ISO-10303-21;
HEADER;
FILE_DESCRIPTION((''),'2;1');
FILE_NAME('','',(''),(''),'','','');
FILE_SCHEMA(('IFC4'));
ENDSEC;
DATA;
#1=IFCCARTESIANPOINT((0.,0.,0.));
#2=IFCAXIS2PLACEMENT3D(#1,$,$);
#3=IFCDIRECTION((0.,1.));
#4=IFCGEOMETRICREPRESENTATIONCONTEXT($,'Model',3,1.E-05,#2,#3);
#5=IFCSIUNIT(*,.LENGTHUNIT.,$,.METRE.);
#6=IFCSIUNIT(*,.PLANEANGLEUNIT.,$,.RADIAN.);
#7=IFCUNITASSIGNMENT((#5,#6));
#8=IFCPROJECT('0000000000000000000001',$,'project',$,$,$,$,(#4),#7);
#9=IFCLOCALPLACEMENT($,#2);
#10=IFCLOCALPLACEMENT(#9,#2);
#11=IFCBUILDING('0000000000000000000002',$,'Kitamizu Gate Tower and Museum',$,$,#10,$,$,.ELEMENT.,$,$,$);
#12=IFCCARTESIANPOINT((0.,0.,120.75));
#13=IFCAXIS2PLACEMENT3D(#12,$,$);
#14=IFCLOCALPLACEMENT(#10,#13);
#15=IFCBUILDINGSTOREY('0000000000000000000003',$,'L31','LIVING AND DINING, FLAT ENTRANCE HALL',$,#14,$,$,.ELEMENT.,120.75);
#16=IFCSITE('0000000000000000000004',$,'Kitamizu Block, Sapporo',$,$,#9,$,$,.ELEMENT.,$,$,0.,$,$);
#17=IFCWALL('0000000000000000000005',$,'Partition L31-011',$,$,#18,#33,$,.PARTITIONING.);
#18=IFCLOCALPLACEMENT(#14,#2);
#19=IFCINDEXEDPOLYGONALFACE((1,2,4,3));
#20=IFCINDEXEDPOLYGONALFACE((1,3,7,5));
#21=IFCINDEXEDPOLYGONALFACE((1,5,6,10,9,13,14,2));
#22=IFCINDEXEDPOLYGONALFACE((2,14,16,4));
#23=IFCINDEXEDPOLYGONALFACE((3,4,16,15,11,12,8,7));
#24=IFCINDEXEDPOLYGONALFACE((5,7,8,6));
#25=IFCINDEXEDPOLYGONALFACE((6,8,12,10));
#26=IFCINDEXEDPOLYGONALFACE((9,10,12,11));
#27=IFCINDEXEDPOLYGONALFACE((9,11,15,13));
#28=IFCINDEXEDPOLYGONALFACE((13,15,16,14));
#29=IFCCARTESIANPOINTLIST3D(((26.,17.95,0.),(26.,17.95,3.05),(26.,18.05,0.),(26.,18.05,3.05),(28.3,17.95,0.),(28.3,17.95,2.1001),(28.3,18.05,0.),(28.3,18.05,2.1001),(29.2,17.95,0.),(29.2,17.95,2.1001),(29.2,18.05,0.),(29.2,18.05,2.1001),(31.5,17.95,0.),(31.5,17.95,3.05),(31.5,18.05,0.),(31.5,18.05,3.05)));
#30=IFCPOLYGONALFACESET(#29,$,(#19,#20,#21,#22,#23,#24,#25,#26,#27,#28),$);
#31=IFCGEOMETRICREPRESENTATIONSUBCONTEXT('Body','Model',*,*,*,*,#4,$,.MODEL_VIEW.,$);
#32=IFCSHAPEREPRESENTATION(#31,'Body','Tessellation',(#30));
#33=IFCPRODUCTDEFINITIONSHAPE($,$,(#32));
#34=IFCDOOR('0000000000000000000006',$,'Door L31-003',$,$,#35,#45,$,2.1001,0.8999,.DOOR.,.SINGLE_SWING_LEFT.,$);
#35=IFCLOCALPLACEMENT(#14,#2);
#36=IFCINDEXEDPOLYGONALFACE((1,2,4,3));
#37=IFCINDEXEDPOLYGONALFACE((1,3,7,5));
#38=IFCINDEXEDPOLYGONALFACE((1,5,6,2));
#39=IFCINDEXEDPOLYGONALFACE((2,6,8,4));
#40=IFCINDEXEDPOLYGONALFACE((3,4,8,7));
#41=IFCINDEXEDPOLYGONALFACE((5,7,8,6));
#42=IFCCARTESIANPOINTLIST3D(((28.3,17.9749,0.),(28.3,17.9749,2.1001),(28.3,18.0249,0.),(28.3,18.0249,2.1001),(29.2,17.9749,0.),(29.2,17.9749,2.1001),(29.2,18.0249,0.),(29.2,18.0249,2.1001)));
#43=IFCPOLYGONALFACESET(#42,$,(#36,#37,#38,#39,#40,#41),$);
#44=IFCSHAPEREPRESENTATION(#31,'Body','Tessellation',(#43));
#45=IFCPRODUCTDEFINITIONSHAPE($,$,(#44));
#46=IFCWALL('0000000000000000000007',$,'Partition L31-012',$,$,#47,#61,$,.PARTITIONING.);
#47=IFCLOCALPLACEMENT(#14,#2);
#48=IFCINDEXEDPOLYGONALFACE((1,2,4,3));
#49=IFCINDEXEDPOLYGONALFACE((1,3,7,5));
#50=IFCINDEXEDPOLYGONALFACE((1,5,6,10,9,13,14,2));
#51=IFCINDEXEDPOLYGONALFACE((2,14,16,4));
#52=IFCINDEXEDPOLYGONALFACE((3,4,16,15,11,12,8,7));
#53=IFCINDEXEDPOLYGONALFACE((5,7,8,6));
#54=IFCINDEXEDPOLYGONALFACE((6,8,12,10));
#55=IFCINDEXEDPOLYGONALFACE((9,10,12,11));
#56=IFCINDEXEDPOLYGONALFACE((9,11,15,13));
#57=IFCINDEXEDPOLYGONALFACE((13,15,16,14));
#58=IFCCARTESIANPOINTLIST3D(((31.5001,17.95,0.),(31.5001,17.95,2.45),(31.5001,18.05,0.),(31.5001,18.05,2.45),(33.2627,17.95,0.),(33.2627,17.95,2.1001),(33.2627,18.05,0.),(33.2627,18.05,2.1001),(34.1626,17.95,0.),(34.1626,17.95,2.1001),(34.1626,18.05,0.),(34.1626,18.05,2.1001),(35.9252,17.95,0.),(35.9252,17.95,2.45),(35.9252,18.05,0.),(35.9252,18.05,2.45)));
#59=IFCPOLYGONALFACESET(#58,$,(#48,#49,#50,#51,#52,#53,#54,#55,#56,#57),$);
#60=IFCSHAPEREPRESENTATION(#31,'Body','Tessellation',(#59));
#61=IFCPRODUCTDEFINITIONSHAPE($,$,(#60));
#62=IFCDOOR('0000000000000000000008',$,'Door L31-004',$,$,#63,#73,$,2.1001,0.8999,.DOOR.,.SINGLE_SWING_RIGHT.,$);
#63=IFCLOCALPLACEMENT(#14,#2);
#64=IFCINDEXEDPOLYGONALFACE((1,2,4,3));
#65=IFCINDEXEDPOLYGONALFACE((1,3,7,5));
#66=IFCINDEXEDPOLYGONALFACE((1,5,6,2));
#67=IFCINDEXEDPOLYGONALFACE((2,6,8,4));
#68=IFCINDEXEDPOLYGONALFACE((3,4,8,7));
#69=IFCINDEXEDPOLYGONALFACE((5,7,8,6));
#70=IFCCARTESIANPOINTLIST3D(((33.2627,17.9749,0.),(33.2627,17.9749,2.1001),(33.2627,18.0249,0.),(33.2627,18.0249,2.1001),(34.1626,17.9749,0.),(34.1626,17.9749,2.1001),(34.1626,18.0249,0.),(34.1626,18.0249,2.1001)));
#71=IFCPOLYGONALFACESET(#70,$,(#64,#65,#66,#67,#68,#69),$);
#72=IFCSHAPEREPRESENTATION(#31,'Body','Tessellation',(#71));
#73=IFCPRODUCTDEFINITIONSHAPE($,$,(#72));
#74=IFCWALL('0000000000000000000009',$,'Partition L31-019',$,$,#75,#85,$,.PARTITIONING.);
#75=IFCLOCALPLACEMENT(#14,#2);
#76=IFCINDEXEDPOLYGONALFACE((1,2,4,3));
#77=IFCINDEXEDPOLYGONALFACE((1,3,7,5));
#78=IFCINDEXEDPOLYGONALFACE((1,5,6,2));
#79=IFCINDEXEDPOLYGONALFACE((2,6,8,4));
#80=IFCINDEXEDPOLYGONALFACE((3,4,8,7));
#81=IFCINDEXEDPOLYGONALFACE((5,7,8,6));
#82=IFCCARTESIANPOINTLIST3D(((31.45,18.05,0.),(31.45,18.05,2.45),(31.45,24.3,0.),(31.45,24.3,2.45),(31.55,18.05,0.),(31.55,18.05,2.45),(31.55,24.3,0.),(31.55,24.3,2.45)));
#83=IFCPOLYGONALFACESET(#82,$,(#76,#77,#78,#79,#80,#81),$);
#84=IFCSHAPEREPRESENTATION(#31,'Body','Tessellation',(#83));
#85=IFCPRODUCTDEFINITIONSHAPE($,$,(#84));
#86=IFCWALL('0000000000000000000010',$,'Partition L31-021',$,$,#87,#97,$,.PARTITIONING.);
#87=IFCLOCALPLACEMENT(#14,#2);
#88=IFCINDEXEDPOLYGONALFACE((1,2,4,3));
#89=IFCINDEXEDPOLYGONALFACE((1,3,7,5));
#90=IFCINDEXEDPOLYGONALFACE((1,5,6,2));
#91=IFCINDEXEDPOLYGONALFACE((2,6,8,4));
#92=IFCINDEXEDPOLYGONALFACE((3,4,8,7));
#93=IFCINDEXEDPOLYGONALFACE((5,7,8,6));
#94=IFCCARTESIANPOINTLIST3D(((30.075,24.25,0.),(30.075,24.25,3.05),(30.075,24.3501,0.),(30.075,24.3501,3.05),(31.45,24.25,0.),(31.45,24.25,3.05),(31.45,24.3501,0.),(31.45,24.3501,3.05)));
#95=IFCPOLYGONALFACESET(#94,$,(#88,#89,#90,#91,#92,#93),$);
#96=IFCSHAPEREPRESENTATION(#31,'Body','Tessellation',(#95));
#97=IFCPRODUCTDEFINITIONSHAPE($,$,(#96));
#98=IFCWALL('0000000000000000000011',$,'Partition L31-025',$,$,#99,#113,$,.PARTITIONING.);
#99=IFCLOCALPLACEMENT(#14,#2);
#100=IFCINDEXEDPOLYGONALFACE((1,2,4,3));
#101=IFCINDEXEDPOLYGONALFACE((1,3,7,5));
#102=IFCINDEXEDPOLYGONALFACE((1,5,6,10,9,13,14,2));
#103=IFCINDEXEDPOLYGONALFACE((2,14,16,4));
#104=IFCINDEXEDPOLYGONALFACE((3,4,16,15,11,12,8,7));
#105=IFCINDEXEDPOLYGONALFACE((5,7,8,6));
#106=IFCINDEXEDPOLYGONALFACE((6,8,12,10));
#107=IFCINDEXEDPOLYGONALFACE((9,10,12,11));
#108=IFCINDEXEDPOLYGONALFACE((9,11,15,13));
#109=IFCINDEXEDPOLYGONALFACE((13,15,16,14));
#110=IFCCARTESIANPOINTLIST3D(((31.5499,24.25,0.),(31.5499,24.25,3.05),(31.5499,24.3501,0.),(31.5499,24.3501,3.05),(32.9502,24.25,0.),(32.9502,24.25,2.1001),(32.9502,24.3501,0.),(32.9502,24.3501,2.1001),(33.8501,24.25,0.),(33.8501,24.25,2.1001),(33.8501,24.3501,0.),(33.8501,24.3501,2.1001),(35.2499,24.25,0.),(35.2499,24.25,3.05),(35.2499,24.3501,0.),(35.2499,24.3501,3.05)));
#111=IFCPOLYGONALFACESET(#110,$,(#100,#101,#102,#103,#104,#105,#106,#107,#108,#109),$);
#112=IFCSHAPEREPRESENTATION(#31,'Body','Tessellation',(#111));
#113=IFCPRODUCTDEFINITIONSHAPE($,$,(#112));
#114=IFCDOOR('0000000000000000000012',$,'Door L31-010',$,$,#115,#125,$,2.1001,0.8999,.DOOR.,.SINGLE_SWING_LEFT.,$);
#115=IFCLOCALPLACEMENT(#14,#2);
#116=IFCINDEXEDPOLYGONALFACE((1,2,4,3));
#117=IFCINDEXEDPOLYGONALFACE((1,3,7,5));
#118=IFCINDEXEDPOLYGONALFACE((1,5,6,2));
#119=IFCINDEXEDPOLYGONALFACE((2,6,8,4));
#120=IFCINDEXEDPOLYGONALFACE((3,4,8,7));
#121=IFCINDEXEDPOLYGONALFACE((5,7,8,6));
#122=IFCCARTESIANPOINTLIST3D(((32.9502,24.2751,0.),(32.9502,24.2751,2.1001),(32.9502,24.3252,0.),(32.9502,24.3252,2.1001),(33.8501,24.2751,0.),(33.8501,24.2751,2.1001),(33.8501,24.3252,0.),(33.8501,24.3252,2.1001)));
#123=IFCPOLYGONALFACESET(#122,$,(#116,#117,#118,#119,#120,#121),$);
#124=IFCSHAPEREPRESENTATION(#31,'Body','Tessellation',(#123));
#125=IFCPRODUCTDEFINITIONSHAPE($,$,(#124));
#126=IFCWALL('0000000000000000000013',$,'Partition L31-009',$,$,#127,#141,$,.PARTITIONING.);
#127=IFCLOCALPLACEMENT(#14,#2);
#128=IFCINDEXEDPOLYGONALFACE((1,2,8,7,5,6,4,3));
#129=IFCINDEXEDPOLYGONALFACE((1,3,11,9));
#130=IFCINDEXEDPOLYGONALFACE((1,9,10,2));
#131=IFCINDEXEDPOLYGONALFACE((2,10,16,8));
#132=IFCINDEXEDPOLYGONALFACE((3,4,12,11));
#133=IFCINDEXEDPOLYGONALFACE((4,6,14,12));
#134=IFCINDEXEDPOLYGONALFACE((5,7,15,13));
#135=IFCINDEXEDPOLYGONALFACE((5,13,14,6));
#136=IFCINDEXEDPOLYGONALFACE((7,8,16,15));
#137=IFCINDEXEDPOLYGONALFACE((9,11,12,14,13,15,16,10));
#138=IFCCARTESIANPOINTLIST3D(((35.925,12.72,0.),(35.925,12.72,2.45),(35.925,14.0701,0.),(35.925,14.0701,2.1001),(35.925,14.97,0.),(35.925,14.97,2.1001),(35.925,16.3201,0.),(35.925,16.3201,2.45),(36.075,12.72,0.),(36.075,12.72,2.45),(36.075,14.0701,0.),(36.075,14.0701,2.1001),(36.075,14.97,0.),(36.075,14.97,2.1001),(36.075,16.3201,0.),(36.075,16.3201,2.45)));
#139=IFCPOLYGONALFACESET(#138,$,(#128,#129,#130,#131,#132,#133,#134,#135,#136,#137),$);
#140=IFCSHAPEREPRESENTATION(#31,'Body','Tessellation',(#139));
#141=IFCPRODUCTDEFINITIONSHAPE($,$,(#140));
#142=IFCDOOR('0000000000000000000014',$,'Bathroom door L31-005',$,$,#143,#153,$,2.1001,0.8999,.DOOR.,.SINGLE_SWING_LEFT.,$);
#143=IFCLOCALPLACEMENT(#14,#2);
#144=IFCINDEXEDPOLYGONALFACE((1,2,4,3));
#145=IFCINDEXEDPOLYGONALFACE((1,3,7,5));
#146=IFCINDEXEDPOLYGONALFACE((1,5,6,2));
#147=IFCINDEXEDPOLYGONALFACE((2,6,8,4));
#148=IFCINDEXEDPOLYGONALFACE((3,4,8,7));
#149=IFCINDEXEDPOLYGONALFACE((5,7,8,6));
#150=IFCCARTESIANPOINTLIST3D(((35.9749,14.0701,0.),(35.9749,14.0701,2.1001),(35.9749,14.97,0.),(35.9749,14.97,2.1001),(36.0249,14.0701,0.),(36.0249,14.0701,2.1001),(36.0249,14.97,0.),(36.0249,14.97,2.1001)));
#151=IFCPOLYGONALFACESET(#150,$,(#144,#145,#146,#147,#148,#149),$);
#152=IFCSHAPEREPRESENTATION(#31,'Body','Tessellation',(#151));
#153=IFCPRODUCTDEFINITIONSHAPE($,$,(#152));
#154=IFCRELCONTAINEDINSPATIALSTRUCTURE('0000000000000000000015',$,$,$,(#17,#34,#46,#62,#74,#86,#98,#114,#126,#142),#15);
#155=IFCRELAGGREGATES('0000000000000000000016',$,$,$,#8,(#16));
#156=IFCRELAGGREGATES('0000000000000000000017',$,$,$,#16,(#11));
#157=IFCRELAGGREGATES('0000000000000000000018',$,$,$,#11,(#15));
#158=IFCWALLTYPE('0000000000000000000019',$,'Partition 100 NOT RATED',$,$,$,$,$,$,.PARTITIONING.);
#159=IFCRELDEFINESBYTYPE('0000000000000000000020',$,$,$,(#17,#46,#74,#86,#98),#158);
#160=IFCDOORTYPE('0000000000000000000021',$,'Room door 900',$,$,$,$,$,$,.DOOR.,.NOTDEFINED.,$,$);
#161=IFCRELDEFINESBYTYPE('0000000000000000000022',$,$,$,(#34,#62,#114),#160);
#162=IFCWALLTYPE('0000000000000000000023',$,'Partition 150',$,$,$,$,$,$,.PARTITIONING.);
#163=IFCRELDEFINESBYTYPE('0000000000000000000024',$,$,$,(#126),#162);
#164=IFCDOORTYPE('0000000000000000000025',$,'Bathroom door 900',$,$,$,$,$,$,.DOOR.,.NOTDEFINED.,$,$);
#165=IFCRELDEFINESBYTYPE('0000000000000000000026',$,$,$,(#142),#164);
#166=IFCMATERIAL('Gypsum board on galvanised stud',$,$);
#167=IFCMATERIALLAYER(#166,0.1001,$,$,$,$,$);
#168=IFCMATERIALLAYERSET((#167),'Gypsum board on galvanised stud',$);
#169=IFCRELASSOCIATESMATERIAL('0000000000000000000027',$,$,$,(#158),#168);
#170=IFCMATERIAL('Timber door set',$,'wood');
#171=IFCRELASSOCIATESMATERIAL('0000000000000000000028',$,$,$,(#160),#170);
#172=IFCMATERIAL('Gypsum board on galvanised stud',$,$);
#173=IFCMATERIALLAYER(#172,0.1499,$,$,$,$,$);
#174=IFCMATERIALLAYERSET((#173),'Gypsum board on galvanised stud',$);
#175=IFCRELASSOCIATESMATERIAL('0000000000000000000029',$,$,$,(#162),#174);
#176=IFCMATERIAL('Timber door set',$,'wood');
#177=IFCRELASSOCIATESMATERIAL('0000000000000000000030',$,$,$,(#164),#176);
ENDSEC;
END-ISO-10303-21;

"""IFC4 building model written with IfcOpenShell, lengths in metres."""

from ifc_helpers import new_model, si_unit, direction, frame, frame_2d, origin, place, context, subcontext, project, spatial, rectangle, extrude, material, layer, layer_set, type_object, element, fill, save


model = new_model("IFC4")

# Units and contexts
model_context = context("Model", 3, precision=1e-05, world=origin(), true_north=direction((0.0, 1.0)))
body_context = subcontext(model_context, "Body", "Model", "MODEL_VIEW")
ifc_project = project(units=[si_unit("LENGTHUNIT", "METRE"), si_unit("PLANEANGLEUNIT", "RADIAN")], contexts=[model_context])

# Site, building, storey
site_placement = place(None, origin())
site = spatial("IfcSite", under=ifc_project, at=site_placement, Name="Kitamizu Block, Sapporo", CompositionType="ELEMENT", RefElevation=0.0)
building_placement = place(site_placement, origin())
building = spatial("IfcBuilding", under=site, at=building_placement, Name="Kitamizu Gate Tower and Museum", CompositionType="ELEMENT")
storey_placement = place(building_placement, frame((0.0, 0.0, 120.75)))
storey = spatial("IfcBuildingStorey", under=building, at=storey_placement, Name="L31", Description="LIVING AND DINING, FLAT ENTRANCE HALL", CompositionType="ELEMENT", Elevation=120.75)

# Walls, openings, doors
ifc_material_1 = material(Name="Gypsum board on galvanised stud")
ifc_layer_1 = layer(ifc_material_1, 0.1001)
ifc_layer_set_1 = layer_set([ifc_layer_1], Name="Gypsum board on galvanised stud")
wall_type_1 = type_object("IfcWallType", Name="Partition 100 NOT RATED", PredefinedType="PARTITIONING", material=ifc_layer_set_1)
wall_1_placement = place(storey_placement, frame((31.5, 18.0, 0.0), z_axis=(0.0, 0.0, 1.0), x_axis=(-1.0, 0.0, 0.0)))
wall_1 = element("IfcWall", 1, at=wall_1_placement, inside=storey, type_object=wall_type_1, Name="Partition L31-011", PredefinedType="PARTITIONING", context=body_context, shape_type="SweptSolid", body=[
    extrude(rectangle(XDim=5.5, YDim=0.1001, at=frame_2d((2.75, 0.0))), origin(), (0.0, 0.0, 1.0), 3.05),
])
opening_1_placement = place(wall_1_placement, frame((2.3, 0.0, 0.0)))
opening_1 = element("IfcOpeningElement", 2, at=opening_1_placement, cuts=wall_1, PredefinedType="OPENING", context=body_context, shape_type="SweptSolid", body=[
    extrude(rectangle(XDim=0.8999, YDim=2.1001, at=frame_2d((0.45, 1.05))), frame((0.0, 0.0601, 0.0), z_axis=(0.0, -1.0, 0.0), x_axis=(1.0, 0.0, 0.0)), (0.0, 0.0, 1.0), 0.1201),
])
ifc_material_2 = material(Name="Timber door set", Category="wood")
door_type_1 = type_object("IfcDoorType", Name="Room door 900", OperationType="NOTDEFINED", PredefinedType="DOOR", material=ifc_material_2)
door_1_placement = place(opening_1_placement, frame((0.8999, 0.0, 0.0), x_axis=(-1.0, 0.0, 0.0)))
door_1 = element("IfcDoor", 3, at=door_1_placement, inside=storey, type_object=door_type_1, Name="Door L31-003", OperationType="SINGLE_SWING_LEFT", OverallHeight=2.1001, OverallWidth=0.8999, PredefinedType="DOOR", context=body_context, shape_type="SweptSolid", body=[
    extrude(rectangle(XDim=0.8999, YDim=2.1001, at=frame_2d((0.45, 1.05))), frame((0.0, 0.0249, 0.0), z_axis=(0.0, -1.0, 0.0), x_axis=(1.0, 0.0, 0.0)), (0.0, 0.0, 1.0), 0.05),
])
fill(opening_1, door_1)
wall_2_placement = place(storey_placement, frame((35.925, 18.0, 0.0), z_axis=(0.0, 0.0, 1.0), x_axis=(-1.0, 0.0, 0.0)))
wall_2 = element("IfcWall", 4, at=wall_2_placement, inside=storey, type_object=wall_type_1, Name="Partition L31-012", PredefinedType="PARTITIONING", context=body_context, shape_type="SweptSolid", body=[
    extrude(rectangle(XDim=4.425, YDim=0.1001, at=frame_2d((2.2124, 0.0))), origin(), (0.0, 0.0, 1.0), 2.45),
])
opening_2_placement = place(wall_2_placement, frame((1.7625, 0.0, 0.0)))
opening_2 = element("IfcOpeningElement", 5, at=opening_2_placement, cuts=wall_2, PredefinedType="OPENING", context=body_context, shape_type="SweptSolid", body=[
    extrude(rectangle(XDim=0.8999, YDim=2.1001, at=frame_2d((0.45, 1.05))), frame((0.0, 0.0601, 0.0), z_axis=(0.0, -1.0, 0.0), x_axis=(1.0, 0.0, 0.0)), (0.0, 0.0, 1.0), 0.1201),
])
door_2_placement = place(opening_2_placement, frame((0.8999, 0.0, 0.0), x_axis=(-1.0, 0.0, 0.0)))
door_2 = element("IfcDoor", 6, at=door_2_placement, inside=storey, type_object=door_type_1, Name="Door L31-004", OperationType="SINGLE_SWING_RIGHT", OverallHeight=2.1001, OverallWidth=0.8999, PredefinedType="DOOR", context=body_context, shape_type="SweptSolid", body=[
    extrude(rectangle(XDim=0.8999, YDim=2.1001, at=frame_2d((0.45, 1.05))), frame((0.0, 0.0249, 0.0), z_axis=(0.0, -1.0, 0.0), x_axis=(1.0, 0.0, 0.0)), (0.0, 0.0, 1.0), 0.05),
])
fill(opening_2, door_2)

# Walls
wall_3_placement = place(storey_placement, frame((31.5, 18.05, 0.0), z_axis=(0.0, 0.0, 1.0), x_axis=(0.0, 1.0, 0.0)))
element("IfcWall", 7, at=wall_3_placement, inside=storey, type_object=wall_type_1, Name="Partition L31-019", PredefinedType="PARTITIONING", context=body_context, shape_type="SweptSolid", body=[
    extrude(rectangle(XDim=6.25, YDim=0.1001, at=frame_2d((3.125, 0.0))), origin(), (0.0, 0.0, 1.0), 2.45),
])
wall_4_placement = place(storey_placement, frame((31.45, 24.3, 0.0), z_axis=(0.0, 0.0, 1.0), x_axis=(-1.0, 0.0, 0.0)))
element("IfcWall", 8, at=wall_4_placement, inside=storey, type_object=wall_type_1, Name="Partition L31-021", PredefinedType="PARTITIONING", context=body_context, shape_type="SweptSolid", body=[
    extrude(rectangle(XDim=1.375, YDim=0.1001, at=frame_2d((0.6875, 0.0))), origin(), (0.0, 0.0, 1.0), 3.05),
])

# Walls, openings, doors
wall_5_placement = place(storey_placement, frame((35.25, 24.3, 0.0), z_axis=(0.0, 0.0, 1.0), x_axis=(-1.0, 0.0, 0.0)))
wall_5 = element("IfcWall", 9, at=wall_5_placement, inside=storey, type_object=wall_type_1, Name="Partition L31-025", PredefinedType="PARTITIONING", context=body_context, shape_type="SweptSolid", body=[
    extrude(rectangle(XDim=3.7, YDim=0.1001, at=frame_2d((1.8501, 0.0))), origin(), (0.0, 0.0, 1.0), 3.05),
])
opening_3_placement = place(wall_5_placement, frame((1.3999, 0.0, 0.0)))
opening_3 = element("IfcOpeningElement", 10, at=opening_3_placement, cuts=wall_5, PredefinedType="OPENING", context=body_context, shape_type="SweptSolid", body=[
    extrude(rectangle(XDim=0.8999, YDim=2.1001, at=frame_2d((0.45, 1.05))), frame((0.0, 0.0601, 0.0), z_axis=(0.0, -1.0, 0.0), x_axis=(1.0, 0.0, 0.0)), (0.0, 0.0, 1.0), 0.1201),
])
door_3_placement = place(opening_3_placement, origin())
door_3 = element("IfcDoor", 11, at=door_3_placement, inside=storey, type_object=door_type_1, Name="Door L31-010", OperationType="SINGLE_SWING_LEFT", OverallHeight=2.1001, OverallWidth=0.8999, PredefinedType="DOOR", context=body_context, shape_type="SweptSolid", body=[
    extrude(rectangle(XDim=0.8999, YDim=2.1001, at=frame_2d((0.45, 1.05))), frame((0.0, 0.0249, 0.0), z_axis=(0.0, -1.0, 0.0), x_axis=(1.0, 0.0, 0.0)), (0.0, 0.0, 1.0), 0.05),
])
fill(opening_3, door_3)
ifc_material_3 = material(Name="Gypsum board on galvanised stud")
ifc_layer_2 = layer(ifc_material_3, 0.1499)
ifc_layer_set_2 = layer_set([ifc_layer_2], Name="Gypsum board on galvanised stud")
wall_type_2 = type_object("IfcWallType", Name="Partition 150", PredefinedType="PARTITIONING", material=ifc_layer_set_2)
wall_6_placement = place(storey_placement, frame((36.0, 12.72, 0.0), z_axis=(0.0, 0.0, 1.0), x_axis=(0.0, 1.0, 0.0)))
wall_6 = element("IfcWall", 12, at=wall_6_placement, inside=storey, type_object=wall_type_2, Name="Partition L31-009", PredefinedType="PARTITIONING", context=body_context, shape_type="SweptSolid", body=[
    extrude(rectangle(XDim=3.6001, YDim=0.1499, at=frame_2d((1.8, 0.0))), origin(), (0.0, 0.0, 1.0), 2.45),
])
opening_4_placement = place(wall_6_placement, frame((1.3501, 0.0, 0.0)))
opening_4 = element("IfcOpeningElement", 13, at=opening_4_placement, cuts=wall_6, PredefinedType="OPENING", context=body_context, shape_type="SweptSolid", body=[
    extrude(rectangle(XDim=0.8999, YDim=2.1001, at=frame_2d((0.45, 1.05))), frame((0.0, 0.085, 0.0), z_axis=(0.0, -1.0, 0.0), x_axis=(1.0, 0.0, 0.0)), (0.0, 0.0, 1.0), 0.1699),
])
ifc_material_4 = material(Name="Timber door set", Category="wood")
door_type_2 = type_object("IfcDoorType", Name="Bathroom door 900", OperationType="NOTDEFINED", PredefinedType="DOOR", material=ifc_material_4)
door_4_placement = place(opening_4_placement, frame((0.8999, 0.0, 0.0), x_axis=(-1.0, 0.0, 0.0)))
door_4 = element("IfcDoor", 14, at=door_4_placement, inside=storey, type_object=door_type_2, Name="Bathroom door L31-005", OperationType="SINGLE_SWING_LEFT", OverallHeight=2.1001, OverallWidth=0.8999, PredefinedType="DOOR", context=body_context, shape_type="SweptSolid", body=[
    extrude(rectangle(XDim=0.8999, YDim=2.1001, at=frame_2d((0.45, 1.05))), frame((0.0, 0.0249, 0.0), z_axis=(0.0, -1.0, 0.0), x_axis=(1.0, 0.0, 0.0)), (0.0, 0.0, 1.0), 0.05),
])
fill(opening_4, door_4)

save(model, "model.ifc")
